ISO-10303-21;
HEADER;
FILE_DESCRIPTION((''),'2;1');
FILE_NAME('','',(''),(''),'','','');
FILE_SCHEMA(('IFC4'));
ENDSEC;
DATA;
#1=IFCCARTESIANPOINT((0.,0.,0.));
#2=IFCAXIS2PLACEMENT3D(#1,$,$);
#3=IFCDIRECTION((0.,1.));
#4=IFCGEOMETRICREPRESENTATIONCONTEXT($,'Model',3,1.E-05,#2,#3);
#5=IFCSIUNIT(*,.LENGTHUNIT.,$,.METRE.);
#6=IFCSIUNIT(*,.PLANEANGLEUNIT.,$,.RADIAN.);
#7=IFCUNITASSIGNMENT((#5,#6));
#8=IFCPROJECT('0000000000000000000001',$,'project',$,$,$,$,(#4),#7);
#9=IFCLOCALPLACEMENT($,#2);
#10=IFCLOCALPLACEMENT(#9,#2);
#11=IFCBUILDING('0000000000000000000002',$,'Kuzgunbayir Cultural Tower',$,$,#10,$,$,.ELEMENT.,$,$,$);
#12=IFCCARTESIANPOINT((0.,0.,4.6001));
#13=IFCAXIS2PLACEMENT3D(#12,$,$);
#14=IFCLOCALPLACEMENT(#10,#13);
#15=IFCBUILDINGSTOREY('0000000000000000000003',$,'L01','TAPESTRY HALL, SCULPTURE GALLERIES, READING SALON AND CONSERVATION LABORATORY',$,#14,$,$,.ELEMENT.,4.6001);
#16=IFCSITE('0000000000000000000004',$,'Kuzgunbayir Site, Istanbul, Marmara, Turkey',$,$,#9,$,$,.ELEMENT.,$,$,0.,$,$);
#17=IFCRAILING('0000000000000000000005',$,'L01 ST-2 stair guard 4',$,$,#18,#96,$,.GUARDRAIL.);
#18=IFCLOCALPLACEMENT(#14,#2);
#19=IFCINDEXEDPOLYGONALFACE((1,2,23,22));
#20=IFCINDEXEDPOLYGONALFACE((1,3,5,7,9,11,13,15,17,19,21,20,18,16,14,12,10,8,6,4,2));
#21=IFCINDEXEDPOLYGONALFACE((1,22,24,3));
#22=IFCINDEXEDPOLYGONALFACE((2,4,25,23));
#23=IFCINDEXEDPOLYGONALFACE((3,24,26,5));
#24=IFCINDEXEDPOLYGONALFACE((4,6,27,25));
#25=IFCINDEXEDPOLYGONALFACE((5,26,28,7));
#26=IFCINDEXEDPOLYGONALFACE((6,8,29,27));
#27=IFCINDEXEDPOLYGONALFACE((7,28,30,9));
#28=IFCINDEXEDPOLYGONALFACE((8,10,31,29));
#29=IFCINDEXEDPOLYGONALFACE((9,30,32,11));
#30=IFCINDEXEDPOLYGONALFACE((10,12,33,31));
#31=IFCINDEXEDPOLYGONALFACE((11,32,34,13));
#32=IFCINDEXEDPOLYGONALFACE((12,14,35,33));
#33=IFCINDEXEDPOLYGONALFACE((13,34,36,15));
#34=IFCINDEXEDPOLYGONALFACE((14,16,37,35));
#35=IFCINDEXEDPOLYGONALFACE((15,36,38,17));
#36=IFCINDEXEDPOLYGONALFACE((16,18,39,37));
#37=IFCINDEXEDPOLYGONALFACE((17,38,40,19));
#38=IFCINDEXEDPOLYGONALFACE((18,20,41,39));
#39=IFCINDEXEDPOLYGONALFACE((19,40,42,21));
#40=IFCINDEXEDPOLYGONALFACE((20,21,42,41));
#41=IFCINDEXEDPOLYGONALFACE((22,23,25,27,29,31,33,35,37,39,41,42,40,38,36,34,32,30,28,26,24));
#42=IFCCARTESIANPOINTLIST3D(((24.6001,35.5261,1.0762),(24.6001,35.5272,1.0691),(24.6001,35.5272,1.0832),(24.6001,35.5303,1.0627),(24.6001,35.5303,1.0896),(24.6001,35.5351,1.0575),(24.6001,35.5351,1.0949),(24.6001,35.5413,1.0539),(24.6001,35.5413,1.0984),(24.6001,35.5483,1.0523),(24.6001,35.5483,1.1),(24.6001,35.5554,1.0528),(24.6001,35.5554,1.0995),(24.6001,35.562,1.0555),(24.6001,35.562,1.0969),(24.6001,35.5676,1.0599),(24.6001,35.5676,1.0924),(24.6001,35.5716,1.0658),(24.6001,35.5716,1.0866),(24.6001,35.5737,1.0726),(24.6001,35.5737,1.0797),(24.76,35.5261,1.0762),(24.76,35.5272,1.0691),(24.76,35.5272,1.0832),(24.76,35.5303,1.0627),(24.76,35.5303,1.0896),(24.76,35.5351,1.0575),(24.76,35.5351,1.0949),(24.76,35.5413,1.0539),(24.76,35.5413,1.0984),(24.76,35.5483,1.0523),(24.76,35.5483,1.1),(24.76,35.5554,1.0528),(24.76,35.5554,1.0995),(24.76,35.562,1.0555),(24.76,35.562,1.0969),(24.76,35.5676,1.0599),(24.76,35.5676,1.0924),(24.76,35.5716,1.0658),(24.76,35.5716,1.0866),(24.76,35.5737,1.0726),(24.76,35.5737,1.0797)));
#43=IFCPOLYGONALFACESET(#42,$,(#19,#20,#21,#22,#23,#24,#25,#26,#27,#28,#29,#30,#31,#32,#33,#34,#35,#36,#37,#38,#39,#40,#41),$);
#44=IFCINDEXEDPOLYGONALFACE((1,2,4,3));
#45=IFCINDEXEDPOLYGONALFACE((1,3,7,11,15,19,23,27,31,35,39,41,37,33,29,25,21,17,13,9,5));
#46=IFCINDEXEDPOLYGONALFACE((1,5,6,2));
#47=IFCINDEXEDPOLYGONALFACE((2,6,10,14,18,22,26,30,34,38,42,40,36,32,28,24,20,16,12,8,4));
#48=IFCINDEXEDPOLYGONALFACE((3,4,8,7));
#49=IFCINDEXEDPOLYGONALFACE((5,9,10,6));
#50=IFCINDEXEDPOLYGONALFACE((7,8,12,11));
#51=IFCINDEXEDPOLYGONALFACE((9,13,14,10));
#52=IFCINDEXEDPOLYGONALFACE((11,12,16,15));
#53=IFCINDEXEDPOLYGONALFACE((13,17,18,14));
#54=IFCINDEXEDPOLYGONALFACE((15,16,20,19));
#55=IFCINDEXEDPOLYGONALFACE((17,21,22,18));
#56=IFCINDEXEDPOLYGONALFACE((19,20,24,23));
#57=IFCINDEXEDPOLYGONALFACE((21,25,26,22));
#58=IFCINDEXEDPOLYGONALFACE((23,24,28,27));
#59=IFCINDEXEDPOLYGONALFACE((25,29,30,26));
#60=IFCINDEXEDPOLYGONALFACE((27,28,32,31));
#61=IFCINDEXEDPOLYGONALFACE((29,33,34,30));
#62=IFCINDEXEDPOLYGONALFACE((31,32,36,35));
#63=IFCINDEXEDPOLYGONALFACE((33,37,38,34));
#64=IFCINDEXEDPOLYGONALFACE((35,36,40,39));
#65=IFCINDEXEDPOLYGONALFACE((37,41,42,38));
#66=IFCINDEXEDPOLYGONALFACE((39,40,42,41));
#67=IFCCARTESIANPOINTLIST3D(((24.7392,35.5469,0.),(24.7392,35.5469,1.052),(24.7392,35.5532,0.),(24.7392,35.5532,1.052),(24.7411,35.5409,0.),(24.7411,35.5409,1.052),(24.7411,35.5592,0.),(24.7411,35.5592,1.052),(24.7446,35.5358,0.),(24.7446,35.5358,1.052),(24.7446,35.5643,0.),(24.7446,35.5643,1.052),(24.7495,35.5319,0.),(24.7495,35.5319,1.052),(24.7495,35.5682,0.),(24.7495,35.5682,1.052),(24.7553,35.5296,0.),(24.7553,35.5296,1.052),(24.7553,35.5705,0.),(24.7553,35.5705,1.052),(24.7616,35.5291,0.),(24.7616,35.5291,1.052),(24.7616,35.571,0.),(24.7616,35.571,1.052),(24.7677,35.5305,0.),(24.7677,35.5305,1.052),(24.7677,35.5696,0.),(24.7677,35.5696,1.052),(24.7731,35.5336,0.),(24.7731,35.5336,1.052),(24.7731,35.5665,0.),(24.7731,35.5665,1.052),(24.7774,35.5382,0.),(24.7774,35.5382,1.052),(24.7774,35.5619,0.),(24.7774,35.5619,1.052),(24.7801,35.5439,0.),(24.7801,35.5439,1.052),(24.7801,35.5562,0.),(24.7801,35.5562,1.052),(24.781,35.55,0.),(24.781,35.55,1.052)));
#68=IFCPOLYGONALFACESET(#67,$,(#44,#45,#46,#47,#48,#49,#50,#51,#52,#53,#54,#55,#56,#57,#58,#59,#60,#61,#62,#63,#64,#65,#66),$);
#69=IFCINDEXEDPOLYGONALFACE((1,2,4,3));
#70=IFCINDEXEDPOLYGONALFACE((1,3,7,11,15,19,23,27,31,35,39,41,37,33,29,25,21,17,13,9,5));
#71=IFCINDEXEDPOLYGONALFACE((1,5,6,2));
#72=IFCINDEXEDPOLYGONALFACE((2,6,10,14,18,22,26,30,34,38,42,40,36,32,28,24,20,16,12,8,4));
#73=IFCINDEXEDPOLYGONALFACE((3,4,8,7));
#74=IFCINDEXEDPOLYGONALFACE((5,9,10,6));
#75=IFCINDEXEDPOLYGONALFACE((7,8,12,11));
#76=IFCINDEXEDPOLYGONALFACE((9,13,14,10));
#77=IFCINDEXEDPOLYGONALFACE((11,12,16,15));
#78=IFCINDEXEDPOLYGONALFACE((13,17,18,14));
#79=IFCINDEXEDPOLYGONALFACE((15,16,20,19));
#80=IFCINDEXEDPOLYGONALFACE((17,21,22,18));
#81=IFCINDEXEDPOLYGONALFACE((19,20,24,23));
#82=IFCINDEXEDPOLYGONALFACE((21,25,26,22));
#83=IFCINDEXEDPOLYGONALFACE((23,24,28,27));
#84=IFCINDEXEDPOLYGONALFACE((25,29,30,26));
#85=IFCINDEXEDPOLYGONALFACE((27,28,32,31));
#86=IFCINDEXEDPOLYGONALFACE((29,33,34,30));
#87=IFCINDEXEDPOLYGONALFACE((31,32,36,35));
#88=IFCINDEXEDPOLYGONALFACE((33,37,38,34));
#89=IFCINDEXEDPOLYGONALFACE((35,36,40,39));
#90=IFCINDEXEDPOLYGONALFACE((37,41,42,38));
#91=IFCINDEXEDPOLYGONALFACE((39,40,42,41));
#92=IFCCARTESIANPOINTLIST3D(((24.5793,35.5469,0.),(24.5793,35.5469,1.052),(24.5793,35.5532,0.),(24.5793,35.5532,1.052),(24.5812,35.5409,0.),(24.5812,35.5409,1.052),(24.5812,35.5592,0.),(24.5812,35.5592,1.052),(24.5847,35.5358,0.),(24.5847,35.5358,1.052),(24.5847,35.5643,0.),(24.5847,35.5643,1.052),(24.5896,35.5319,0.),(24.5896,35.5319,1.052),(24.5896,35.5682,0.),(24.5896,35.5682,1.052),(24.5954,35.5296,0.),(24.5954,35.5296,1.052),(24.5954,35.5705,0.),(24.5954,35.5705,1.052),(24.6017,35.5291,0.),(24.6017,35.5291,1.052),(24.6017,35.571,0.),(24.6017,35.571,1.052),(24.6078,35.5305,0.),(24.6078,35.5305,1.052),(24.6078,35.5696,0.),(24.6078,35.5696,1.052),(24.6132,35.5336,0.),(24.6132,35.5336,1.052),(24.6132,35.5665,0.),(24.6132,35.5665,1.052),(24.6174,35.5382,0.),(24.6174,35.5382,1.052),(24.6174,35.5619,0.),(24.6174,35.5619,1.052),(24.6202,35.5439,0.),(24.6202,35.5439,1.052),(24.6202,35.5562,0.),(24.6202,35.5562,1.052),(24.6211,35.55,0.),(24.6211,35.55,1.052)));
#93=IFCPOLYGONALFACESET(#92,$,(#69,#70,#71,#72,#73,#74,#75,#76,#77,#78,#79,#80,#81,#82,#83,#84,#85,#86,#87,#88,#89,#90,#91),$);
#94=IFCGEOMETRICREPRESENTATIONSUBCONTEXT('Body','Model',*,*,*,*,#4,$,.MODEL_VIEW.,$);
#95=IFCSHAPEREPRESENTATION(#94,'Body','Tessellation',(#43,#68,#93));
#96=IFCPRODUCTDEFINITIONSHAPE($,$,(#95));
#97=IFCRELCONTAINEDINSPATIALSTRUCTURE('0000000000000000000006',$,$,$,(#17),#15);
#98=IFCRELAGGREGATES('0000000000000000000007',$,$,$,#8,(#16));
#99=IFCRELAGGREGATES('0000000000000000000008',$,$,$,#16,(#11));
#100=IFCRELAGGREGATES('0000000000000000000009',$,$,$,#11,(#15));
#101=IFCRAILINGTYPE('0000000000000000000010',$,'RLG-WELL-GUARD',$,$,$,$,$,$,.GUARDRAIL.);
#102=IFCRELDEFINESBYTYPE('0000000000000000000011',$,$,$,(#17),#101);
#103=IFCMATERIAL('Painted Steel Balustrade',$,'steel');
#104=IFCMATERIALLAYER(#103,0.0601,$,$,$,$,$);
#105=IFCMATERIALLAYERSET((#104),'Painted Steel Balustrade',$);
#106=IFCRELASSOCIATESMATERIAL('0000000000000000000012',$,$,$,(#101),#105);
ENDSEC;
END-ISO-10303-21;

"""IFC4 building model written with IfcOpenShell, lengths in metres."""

from ifc_helpers import new_model, si_unit, direction, frame, origin, origin_2d, place, context, subcontext, project, spatial, circle, extrude, material, layer, layer_set, type_object, element, save


model = new_model("IFC4")

# Units and contexts
model_context = context("Model", 3, precision=1e-05, world=origin(), true_north=direction((0.0, 1.0)))
body_context = subcontext(model_context, "Body", "Model", "MODEL_VIEW")
ifc_project = project(units=[si_unit("LENGTHUNIT", "METRE"), si_unit("PLANEANGLEUNIT", "RADIAN")], contexts=[model_context])

# Site, building, storey
site_placement = place(None, origin())
site = spatial("IfcSite", under=ifc_project, at=site_placement, Name="Kuzgunbayir Site, Istanbul, Marmara, Turkey", CompositionType="ELEMENT", RefElevation=0.0)
building_placement = place(site_placement, origin())
building = spatial("IfcBuilding", under=site, at=building_placement, Name="Kuzgunbayir Cultural Tower", CompositionType="ELEMENT")
storey_placement = place(building_placement, frame((0.0, 0.0, 4.6001)))
storey = spatial("IfcBuildingStorey", under=building, at=storey_placement, Name="L01", Description="TAPESTRY HALL, SCULPTURE GALLERIES, READING SALON AND CONSERVATION LABORATORY", CompositionType="ELEMENT", Elevation=4.6001)

# Railing
ifc_material_1 = material(Name="Painted Steel Balustrade", Category="steel")
ifc_layer_1 = layer(ifc_material_1, 0.0601)
ifc_layer_set_1 = layer_set([ifc_layer_1], Name="Painted Steel Balustrade")
railing_type_1 = type_object("IfcRailingType", Name="RLG-WELL-GUARD", PredefinedType="GUARDRAIL", material=ifc_layer_set_1)
railing_1_placement = place(storey_placement, frame((24.76, 35.55, 0.0)))
element("IfcRailing", 1, at=railing_1_placement, inside=storey, type_object=railing_type_1, Name="L01 ST-2 stair guard 4", PredefinedType="GUARDRAIL", context=body_context, shape_type="SweptSolid", body=[
    extrude(circle(Radius=0.0239, at=origin_2d()), frame((0.0, 0.0, 1.0762), z_axis=(-1.0, 0.0, 0.0), x_axis=(0.0, -1.0, 0.0)), (0.0, 0.0, 1.0), 0.1599),
    extrude(circle(Radius=0.021, at=origin_2d()), origin(), (0.0, 0.0, 1.0), 1.052),
    extrude(circle(Radius=0.021, at=origin_2d()), frame((-0.1599, 0.0, 0.0)), (0.0, 0.0, 1.0), 1.052),
])

save(model, "model.ifc")
